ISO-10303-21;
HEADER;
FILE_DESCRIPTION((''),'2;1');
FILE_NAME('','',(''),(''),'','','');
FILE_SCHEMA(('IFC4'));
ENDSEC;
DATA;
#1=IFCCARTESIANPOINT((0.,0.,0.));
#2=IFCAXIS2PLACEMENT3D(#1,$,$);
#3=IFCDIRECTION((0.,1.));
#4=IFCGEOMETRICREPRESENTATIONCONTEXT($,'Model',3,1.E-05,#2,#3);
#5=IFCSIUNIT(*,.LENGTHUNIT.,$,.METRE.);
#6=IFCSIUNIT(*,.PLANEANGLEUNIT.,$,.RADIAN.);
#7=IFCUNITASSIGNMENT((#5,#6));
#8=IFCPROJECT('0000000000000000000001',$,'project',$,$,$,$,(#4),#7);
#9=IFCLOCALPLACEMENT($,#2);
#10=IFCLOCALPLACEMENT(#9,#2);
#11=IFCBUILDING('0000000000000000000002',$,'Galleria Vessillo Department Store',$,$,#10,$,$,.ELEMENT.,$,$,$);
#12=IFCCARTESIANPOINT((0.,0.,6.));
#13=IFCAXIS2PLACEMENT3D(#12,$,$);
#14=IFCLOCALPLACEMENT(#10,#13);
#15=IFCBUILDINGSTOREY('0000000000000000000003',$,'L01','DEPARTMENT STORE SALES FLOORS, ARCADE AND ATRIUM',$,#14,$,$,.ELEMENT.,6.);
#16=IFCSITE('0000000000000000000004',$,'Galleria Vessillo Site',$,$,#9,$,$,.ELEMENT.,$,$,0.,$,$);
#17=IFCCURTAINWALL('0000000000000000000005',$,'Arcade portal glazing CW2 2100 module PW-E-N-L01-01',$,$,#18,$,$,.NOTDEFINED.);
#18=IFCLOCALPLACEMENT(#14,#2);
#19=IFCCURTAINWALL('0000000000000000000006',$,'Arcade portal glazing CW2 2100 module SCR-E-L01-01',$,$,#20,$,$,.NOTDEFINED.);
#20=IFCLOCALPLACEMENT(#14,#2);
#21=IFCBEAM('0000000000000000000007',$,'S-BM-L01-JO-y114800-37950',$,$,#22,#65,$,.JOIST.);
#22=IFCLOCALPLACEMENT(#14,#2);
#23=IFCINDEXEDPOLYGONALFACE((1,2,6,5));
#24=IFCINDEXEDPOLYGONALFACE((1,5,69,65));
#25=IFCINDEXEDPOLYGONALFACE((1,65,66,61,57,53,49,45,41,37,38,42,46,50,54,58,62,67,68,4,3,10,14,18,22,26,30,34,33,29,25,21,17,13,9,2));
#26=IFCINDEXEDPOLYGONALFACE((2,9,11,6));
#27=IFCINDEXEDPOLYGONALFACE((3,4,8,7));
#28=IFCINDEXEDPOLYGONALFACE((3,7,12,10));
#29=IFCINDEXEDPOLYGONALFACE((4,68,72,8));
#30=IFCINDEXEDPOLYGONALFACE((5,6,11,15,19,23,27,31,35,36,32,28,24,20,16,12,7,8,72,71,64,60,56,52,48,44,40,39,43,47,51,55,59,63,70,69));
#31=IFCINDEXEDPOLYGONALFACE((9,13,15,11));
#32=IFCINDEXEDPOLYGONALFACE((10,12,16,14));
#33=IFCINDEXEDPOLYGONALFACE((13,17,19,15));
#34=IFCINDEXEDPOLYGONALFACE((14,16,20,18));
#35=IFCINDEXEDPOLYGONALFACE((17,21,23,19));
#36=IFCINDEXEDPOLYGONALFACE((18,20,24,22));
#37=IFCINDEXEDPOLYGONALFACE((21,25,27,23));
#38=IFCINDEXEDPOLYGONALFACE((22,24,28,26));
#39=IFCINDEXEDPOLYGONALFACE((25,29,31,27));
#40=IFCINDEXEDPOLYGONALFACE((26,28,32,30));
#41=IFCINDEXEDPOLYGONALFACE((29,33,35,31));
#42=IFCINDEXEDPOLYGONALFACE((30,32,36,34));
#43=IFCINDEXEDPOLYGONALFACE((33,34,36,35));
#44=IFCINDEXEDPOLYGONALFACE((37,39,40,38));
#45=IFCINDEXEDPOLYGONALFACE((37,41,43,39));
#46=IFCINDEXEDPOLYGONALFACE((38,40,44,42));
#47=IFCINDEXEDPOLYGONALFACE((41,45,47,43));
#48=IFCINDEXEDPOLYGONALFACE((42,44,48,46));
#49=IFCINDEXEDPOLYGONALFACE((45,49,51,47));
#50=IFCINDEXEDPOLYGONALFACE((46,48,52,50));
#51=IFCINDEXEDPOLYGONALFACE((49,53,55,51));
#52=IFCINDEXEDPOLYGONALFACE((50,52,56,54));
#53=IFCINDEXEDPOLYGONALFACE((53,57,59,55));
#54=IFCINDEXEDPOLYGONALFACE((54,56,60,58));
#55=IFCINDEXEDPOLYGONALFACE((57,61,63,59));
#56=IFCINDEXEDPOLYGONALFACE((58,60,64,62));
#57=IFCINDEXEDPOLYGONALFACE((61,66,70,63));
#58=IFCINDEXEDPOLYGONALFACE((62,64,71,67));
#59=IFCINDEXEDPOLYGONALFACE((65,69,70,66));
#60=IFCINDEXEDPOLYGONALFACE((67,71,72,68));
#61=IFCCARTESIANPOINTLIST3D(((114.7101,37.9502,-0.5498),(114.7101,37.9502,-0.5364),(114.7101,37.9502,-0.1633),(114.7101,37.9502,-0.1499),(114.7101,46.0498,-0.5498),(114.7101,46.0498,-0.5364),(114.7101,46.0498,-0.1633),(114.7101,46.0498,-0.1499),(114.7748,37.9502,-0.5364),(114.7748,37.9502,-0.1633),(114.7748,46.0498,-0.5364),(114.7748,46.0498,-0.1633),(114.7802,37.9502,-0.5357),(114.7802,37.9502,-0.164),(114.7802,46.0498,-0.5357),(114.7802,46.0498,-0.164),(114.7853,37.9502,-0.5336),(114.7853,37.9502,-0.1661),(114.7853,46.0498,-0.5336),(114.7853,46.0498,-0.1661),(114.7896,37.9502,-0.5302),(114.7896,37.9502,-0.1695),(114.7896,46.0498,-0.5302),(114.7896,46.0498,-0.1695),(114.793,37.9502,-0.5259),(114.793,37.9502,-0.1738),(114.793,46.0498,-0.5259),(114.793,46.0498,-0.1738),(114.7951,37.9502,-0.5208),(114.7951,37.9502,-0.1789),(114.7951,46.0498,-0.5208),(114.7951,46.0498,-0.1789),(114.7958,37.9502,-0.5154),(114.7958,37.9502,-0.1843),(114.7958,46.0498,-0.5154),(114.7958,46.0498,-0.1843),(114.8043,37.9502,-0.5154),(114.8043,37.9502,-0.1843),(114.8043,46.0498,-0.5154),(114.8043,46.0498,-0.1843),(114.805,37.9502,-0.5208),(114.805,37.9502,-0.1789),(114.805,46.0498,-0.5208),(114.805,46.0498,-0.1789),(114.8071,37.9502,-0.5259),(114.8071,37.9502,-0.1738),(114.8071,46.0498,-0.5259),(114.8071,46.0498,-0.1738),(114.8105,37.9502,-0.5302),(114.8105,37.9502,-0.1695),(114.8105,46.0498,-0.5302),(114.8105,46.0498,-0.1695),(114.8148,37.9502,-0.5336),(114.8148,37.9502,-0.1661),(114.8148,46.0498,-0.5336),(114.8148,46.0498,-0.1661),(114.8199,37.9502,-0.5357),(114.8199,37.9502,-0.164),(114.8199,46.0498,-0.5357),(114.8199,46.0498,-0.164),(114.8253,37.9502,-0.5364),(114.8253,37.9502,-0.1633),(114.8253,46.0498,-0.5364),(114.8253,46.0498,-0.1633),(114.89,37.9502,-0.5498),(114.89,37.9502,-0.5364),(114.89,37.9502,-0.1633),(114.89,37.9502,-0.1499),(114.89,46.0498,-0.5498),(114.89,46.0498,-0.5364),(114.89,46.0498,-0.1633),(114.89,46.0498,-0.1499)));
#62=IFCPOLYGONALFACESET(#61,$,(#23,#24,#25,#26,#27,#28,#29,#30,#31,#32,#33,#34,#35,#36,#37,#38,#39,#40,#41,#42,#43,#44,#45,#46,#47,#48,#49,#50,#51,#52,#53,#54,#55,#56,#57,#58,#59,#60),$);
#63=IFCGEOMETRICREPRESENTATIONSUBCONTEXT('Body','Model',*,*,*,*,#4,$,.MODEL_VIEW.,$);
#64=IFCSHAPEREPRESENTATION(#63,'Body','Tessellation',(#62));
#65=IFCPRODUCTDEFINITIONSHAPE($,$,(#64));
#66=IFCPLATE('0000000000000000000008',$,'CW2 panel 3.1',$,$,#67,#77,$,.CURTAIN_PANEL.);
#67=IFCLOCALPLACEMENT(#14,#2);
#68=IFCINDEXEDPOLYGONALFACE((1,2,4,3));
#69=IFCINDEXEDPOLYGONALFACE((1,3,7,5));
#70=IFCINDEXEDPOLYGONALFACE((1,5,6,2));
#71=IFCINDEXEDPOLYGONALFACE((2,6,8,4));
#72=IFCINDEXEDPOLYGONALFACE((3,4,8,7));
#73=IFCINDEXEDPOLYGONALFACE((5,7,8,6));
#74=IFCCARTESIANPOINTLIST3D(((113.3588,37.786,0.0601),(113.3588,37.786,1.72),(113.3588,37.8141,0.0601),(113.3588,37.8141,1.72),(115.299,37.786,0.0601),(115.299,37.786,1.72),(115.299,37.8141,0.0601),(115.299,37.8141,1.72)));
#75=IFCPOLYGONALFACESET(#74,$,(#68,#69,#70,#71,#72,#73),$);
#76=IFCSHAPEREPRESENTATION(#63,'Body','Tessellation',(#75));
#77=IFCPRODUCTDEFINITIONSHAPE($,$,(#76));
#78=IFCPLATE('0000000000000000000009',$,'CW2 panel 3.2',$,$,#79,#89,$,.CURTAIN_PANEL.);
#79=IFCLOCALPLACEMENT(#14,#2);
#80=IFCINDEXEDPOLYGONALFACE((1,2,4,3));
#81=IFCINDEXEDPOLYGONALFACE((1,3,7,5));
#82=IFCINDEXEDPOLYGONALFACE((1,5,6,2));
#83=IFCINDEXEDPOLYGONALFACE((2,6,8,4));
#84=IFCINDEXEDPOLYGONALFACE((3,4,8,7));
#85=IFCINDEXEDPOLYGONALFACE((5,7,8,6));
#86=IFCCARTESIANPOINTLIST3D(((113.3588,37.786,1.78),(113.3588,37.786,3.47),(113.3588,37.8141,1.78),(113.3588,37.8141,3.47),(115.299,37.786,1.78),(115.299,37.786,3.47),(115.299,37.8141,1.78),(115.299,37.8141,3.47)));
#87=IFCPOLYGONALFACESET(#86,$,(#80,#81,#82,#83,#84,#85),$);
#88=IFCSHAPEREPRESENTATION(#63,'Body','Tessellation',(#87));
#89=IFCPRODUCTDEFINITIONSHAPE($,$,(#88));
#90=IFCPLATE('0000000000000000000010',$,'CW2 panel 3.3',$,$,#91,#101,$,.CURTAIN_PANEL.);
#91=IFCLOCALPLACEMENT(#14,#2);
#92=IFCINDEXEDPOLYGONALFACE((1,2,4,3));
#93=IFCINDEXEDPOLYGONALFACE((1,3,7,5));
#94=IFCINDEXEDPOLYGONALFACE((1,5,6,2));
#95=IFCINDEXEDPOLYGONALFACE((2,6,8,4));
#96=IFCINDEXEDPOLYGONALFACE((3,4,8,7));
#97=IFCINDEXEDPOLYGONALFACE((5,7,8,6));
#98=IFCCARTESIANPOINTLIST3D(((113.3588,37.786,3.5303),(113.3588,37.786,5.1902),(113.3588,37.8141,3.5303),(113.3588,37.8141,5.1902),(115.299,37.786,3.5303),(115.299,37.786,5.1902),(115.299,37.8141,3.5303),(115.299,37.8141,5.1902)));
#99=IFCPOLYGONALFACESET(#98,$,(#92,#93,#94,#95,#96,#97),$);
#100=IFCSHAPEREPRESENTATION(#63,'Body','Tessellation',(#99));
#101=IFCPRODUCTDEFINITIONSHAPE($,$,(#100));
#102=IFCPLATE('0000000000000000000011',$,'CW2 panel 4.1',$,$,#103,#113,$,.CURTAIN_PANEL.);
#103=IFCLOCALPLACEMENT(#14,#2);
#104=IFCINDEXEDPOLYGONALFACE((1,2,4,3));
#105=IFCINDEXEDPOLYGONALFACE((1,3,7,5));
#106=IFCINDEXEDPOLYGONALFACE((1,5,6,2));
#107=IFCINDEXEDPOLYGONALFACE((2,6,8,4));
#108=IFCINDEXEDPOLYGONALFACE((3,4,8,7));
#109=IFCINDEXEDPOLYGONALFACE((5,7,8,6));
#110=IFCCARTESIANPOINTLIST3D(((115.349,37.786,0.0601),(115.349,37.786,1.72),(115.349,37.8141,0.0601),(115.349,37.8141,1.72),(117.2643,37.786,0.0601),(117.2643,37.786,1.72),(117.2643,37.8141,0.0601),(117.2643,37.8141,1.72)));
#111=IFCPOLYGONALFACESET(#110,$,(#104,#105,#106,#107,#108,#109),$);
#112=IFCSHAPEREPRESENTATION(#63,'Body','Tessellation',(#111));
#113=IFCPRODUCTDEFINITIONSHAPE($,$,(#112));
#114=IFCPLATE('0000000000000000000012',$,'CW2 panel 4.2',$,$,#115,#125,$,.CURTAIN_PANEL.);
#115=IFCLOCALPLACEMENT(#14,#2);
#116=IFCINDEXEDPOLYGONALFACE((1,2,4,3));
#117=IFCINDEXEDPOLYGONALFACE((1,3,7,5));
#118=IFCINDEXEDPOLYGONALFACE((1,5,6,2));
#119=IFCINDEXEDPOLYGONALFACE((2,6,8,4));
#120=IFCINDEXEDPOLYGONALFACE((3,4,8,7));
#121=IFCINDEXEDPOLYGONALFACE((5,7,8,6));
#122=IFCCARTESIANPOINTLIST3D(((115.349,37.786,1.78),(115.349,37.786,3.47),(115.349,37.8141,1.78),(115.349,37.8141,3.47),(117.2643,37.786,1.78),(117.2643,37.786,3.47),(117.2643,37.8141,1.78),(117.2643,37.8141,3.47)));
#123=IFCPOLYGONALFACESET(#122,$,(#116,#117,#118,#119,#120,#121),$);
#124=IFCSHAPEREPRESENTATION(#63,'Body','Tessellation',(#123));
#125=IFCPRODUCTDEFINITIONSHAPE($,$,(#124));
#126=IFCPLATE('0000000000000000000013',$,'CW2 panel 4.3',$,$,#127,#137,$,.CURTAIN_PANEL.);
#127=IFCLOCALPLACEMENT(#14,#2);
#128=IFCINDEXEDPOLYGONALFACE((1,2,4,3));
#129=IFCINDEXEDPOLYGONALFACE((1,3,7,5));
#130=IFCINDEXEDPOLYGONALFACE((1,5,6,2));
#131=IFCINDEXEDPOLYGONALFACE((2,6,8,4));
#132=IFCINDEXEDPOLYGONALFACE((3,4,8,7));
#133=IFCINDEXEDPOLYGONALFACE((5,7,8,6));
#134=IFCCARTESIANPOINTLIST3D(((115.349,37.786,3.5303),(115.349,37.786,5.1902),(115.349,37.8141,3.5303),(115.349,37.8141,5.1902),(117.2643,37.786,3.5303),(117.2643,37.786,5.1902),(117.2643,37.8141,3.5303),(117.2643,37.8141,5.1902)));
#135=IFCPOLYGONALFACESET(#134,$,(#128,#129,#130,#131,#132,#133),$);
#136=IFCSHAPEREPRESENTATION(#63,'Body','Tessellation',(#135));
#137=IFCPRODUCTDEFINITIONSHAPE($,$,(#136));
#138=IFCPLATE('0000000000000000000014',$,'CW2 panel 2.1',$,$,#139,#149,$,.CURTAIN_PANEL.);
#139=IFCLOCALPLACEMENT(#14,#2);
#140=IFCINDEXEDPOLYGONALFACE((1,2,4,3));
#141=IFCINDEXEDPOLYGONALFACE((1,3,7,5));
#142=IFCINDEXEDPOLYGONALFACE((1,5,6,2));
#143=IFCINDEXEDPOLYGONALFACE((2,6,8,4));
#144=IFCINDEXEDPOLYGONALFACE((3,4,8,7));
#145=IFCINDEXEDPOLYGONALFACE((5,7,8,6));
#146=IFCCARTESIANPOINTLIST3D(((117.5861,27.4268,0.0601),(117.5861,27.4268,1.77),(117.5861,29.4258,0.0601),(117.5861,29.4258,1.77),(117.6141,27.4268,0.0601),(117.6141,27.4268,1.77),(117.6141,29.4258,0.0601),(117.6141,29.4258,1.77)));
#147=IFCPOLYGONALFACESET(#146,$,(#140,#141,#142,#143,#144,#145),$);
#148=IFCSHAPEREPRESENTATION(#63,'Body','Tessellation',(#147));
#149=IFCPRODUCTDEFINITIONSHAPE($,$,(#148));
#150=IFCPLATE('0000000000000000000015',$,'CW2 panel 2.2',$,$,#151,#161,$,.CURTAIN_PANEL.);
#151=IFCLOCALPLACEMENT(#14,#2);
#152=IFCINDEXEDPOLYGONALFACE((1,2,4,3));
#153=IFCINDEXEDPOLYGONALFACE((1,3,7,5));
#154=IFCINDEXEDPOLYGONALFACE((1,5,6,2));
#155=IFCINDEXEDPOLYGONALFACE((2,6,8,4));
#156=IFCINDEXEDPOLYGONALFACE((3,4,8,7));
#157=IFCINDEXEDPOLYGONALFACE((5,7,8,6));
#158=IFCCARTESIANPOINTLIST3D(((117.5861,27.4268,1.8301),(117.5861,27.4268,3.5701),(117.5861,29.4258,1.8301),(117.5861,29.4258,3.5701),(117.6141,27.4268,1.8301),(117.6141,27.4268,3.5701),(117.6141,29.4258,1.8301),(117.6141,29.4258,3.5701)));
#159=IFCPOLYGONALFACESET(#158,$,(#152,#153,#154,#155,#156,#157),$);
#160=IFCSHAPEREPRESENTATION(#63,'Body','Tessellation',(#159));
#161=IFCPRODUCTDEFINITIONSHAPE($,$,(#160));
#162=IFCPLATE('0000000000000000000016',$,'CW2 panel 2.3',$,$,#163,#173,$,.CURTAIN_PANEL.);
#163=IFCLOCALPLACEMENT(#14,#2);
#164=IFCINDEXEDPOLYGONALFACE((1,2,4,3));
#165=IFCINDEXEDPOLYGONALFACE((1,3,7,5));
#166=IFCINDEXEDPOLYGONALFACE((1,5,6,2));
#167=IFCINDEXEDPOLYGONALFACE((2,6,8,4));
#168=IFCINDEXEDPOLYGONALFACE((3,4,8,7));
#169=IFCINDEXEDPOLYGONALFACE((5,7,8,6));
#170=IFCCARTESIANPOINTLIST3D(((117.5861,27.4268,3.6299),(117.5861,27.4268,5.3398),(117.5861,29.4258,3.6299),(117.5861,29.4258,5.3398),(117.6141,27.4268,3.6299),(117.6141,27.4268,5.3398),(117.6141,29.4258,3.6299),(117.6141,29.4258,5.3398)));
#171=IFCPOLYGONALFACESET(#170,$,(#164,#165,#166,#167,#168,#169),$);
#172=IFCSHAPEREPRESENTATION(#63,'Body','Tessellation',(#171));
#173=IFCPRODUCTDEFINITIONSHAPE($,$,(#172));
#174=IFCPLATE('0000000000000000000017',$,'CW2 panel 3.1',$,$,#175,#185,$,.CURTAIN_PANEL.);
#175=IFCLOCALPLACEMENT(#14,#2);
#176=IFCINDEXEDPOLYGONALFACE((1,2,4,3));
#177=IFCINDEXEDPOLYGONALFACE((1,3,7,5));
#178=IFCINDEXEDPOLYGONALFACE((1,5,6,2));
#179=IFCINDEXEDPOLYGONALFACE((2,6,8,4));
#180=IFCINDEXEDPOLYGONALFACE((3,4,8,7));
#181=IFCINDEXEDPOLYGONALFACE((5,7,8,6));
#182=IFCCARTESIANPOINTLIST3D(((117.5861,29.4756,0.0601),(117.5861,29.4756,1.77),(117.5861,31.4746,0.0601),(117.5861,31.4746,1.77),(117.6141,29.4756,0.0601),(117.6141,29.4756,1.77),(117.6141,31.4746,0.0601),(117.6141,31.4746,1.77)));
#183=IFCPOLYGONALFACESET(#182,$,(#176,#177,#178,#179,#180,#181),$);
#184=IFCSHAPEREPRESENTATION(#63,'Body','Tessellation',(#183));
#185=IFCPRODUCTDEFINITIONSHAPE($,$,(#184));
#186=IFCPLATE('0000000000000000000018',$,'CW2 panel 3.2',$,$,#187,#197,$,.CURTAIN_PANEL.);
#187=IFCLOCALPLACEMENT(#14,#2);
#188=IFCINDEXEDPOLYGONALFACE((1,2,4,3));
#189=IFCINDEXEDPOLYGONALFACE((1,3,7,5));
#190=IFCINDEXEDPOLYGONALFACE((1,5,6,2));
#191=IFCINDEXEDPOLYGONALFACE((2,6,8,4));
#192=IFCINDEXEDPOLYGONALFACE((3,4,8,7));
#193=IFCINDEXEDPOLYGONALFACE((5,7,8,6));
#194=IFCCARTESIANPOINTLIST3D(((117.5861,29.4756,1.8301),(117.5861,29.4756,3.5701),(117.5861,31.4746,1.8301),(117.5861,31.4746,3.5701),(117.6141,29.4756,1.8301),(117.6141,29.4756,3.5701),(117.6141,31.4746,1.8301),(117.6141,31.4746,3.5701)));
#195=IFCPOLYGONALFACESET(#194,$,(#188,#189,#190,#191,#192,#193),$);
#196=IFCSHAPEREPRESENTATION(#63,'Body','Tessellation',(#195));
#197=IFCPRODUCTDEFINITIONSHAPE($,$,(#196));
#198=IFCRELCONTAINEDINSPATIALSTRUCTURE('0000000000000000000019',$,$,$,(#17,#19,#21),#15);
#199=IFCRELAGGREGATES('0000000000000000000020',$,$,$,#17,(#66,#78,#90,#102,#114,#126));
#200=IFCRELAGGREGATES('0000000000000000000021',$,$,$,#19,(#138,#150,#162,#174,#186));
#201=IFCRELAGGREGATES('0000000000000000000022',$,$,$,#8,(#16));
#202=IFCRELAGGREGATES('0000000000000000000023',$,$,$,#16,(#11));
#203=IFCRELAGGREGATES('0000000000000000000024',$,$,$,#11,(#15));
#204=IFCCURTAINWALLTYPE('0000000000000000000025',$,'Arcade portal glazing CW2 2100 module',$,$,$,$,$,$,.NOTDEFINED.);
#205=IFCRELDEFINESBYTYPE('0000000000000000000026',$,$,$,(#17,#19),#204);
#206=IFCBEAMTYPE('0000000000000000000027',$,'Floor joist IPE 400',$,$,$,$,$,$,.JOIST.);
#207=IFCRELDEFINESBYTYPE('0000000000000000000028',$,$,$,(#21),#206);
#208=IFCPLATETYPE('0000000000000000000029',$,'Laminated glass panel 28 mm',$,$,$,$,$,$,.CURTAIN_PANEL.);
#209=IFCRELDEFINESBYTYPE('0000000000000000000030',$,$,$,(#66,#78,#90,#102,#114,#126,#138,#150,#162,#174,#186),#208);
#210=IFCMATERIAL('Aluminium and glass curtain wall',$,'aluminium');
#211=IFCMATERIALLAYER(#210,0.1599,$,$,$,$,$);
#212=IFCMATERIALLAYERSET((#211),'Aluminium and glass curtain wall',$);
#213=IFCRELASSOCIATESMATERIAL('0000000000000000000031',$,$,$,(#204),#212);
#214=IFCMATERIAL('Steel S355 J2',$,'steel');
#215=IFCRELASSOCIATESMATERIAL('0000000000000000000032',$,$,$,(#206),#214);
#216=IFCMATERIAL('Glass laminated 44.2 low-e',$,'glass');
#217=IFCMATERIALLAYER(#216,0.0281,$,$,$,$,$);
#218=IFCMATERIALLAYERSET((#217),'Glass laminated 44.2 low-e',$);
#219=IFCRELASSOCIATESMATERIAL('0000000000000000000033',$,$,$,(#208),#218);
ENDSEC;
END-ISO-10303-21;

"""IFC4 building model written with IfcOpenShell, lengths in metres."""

from ifc_helpers import new_model, si_unit, direction, frame, origin, origin_2d, place, context, subcontext, project, spatial, rectangle, i_section, extrude, material, layer, layer_set, material_profile, profile_set, type_object, element, aggregate, save


model = new_model("IFC4")

# Units and contexts
model_context = context("Model", 3, precision=1e-05, world=origin(), true_north=direction((0.0, 1.0)))
body_context = subcontext(model_context, "Body", "Model", "MODEL_VIEW")
ifc_project = project(units=[si_unit("LENGTHUNIT", "METRE"), si_unit("PLANEANGLEUNIT", "RADIAN")], contexts=[model_context])

# Site, building, storey
site_placement = place(None, origin())
site = spatial("IfcSite", under=ifc_project, at=site_placement, Name="Galleria Vessillo Site", CompositionType="ELEMENT", RefElevation=0.0)
building_placement = place(site_placement, origin())
building = spatial("IfcBuilding", under=site, at=building_placement, Name="Galleria Vessillo Department Store", CompositionType="ELEMENT")
storey_placement = place(building_placement, frame((0.0, 0.0, 6.0)))
storey = spatial("IfcBuildingStorey", under=building, at=storey_placement, Name="L01", Description="DEPARTMENT STORE SALES FLOORS, ARCADE AND ATRIUM", CompositionType="ELEMENT", Elevation=6.0)

# Curtain wall
ifc_material_1 = material(Name="Aluminium and glass curtain wall", Category="aluminium")
ifc_layer_1 = layer(ifc_material_1, 0.1599)
ifc_layer_set_1 = layer_set([ifc_layer_1], Name="Aluminium and glass curtain wall")
curtain_wall_type = type_object("IfcCurtainWallType", Name="Arcade portal glazing CW2 2100 module", PredefinedType="NOTDEFINED", material=ifc_layer_set_1)
curtain_wall_1_placement = place(storey_placement, origin())
curtain_wall_1 = element("IfcCurtainWall", 1, at=curtain_wall_1_placement, inside=storey, type_object=curtain_wall_type, Name="Arcade portal glazing CW2 2100 module PW-E-N-L01-01", PredefinedType="NOTDEFINED")

# Curtain wall
curtain_wall_2_placement = place(storey_placement, origin())
curtain_wall_2 = element("IfcCurtainWall", 2, at=curtain_wall_2_placement, inside=storey, type_object=curtain_wall_type, Name="Arcade portal glazing CW2 2100 module SCR-E-L01-01", PredefinedType="NOTDEFINED")

# Beam
ifc_material_2 = material(Name="Steel S355 J2", Category="steel")
ifc_material_profile_1 = material_profile(ifc_material_2, i_section(OverallWidth=0.1799, OverallDepth=0.3999, WebThickness=0.0085, FlangeThickness=0.0134, FilletRadius=0.021, at=origin_2d()), Name="IPE 400")
ifc_profile_set_1 = profile_set([ifc_material_profile_1], Name="Steel S355 J2")
beam_type = type_object("IfcBeamType", Name="Floor joist IPE 400", PredefinedType="JOIST", material=ifc_profile_set_1)
beam_placement = place(storey_placement, frame((114.8, 37.9502, -0.3499), z_axis=(0.0, 1.0, 0.0), x_axis=(-1.0, 0.0, 0.0)))
element("IfcBeam", 3, at=beam_placement, inside=storey, type_object=beam_type, Name="S-BM-L01-JO-y114800-37950", PredefinedType="JOIST", context=body_context, shape_type="SweptSolid", body=[
    extrude(i_section(OverallWidth=0.1799, OverallDepth=0.3999, WebThickness=0.0085, FlangeThickness=0.0134, FilletRadius=0.021, at=origin_2d()), origin(), (0.0, 0.0, 1.0), 8.0996),
])

# Plates
ifc_material_3 = material(Name="Glass laminated 44.2 low-e", Category="glass")
ifc_layer_2 = layer(ifc_material_3, 0.0281)
ifc_layer_set_2 = layer_set([ifc_layer_2], Name="Glass laminated 44.2 low-e")
plate_type = type_object("IfcPlateType", Name="Laminated glass panel 28 mm", PredefinedType="CURTAIN_PANEL", material=ifc_layer_set_2)
plate_1_placement = place(storey_placement, frame((114.3289, 37.8, 0.0601), z_axis=(0.0, 0.0, 1.0), x_axis=(1.0, 0.0, 0.0)))
plate_1 = element("IfcPlate", 4, at=plate_1_placement, type_object=plate_type, Name="CW2 panel 3.1", PredefinedType="CURTAIN_PANEL", context=body_context, shape_type="SweptSolid", body=[
    extrude(rectangle(XDim=1.9402, YDim=0.0281, at=origin_2d()), origin(), (0.0, 0.0, 1.0), 1.6599),
])
plate_2_placement = place(storey_placement, frame((114.3289, 37.8, 1.78), z_axis=(0.0, 0.0, 1.0), x_axis=(1.0, 0.0, 0.0)))
plate_2 = element("IfcPlate", 5, at=plate_2_placement, type_object=plate_type, Name="CW2 panel 3.2", PredefinedType="CURTAIN_PANEL", context=body_context, shape_type="SweptSolid", body=[
    extrude(rectangle(XDim=1.9402, YDim=0.0281, at=origin_2d()), origin(), (0.0, 0.0, 1.0), 1.6899),
])
plate_3_placement = place(storey_placement, frame((114.3289, 37.8, 3.5303), z_axis=(0.0, 0.0, 1.0), x_axis=(1.0, 0.0, 0.0)))
plate_3 = element("IfcPlate", 6, at=plate_3_placement, type_object=plate_type, Name="CW2 panel 3.3", PredefinedType="CURTAIN_PANEL", context=body_context, shape_type="SweptSolid", body=[
    extrude(rectangle(XDim=1.9402, YDim=0.0281, at=origin_2d()), origin(), (0.0, 0.0, 1.0), 1.6599),
])
plate_4_placement = place(storey_placement, frame((116.3066, 37.8, 0.0601), z_axis=(0.0, 0.0, 1.0), x_axis=(1.0, 0.0, 0.0)))
plate_4 = element("IfcPlate", 7, at=plate_4_placement, type_object=plate_type, Name="CW2 panel 4.1", PredefinedType="CURTAIN_PANEL", context=body_context, shape_type="SweptSolid", body=[
    extrude(rectangle(XDim=1.9153, YDim=0.0281, at=origin_2d()), origin(), (0.0, 0.0, 1.0), 1.6599),
])
plate_5_placement = place(storey_placement, frame((116.3066, 37.8, 1.78), z_axis=(0.0, 0.0, 1.0), x_axis=(1.0, 0.0, 0.0)))
plate_5 = element("IfcPlate", 8, at=plate_5_placement, type_object=plate_type, Name="CW2 panel 4.2", PredefinedType="CURTAIN_PANEL", context=body_context, shape_type="SweptSolid", body=[
    extrude(rectangle(XDim=1.9153, YDim=0.0281, at=origin_2d()), origin(), (0.0, 0.0, 1.0), 1.6899),
])
plate_6_placement = place(storey_placement, frame((116.3066, 37.8, 3.5303), z_axis=(0.0, 0.0, 1.0), x_axis=(1.0, 0.0, 0.0)))
plate_6 = element("IfcPlate", 9, at=plate_6_placement, type_object=plate_type, Name="CW2 panel 4.3", PredefinedType="CURTAIN_PANEL", context=body_context, shape_type="SweptSolid", body=[
    extrude(rectangle(XDim=1.9153, YDim=0.0281, at=origin_2d()), origin(), (0.0, 0.0, 1.0), 1.6599),
])
aggregate(curtain_wall_1, [plate_1, plate_2, plate_3, plate_4, plate_5, plate_6])
plate_7_placement = place(storey_placement, frame((117.6001, 28.4263, 0.0601), z_axis=(0.0, 0.0, 1.0), x_axis=(0.0, 1.0, 0.0)))
plate_7 = element("IfcPlate", 10, at=plate_7_placement, type_object=plate_type, Name="CW2 panel 2.1", PredefinedType="CURTAIN_PANEL", context=body_context, shape_type="SweptSolid", body=[
    extrude(rectangle(XDim=1.999, YDim=0.0281, at=origin_2d()), origin(), (0.0, 0.0, 1.0), 1.71),
])
plate_8_placement = place(storey_placement, frame((117.6001, 28.4263, 1.8301), z_axis=(0.0, 0.0, 1.0), x_axis=(0.0, 1.0, 0.0)))
plate_8 = element("IfcPlate", 11, at=plate_8_placement, type_object=plate_type, Name="CW2 panel 2.2", PredefinedType="CURTAIN_PANEL", context=body_context, shape_type="SweptSolid", body=[
    extrude(rectangle(XDim=1.999, YDim=0.0281, at=origin_2d()), origin(), (0.0, 0.0, 1.0), 1.74),
])
plate_9_placement = place(storey_placement, frame((117.6001, 28.4263, 3.6299), z_axis=(0.0, 0.0, 1.0), x_axis=(0.0, 1.0, 0.0)))
plate_9 = element("IfcPlate", 12, at=plate_9_placement, type_object=plate_type, Name="CW2 panel 2.3", PredefinedType="CURTAIN_PANEL", context=body_context, shape_type="SweptSolid", body=[
    extrude(rectangle(XDim=1.999, YDim=0.0281, at=origin_2d()), origin(), (0.0, 0.0, 1.0), 1.71),
])
plate_10_placement = place(storey_placement, frame((117.6001, 30.4751, 0.0601), z_axis=(0.0, 0.0, 1.0), x_axis=(0.0, 1.0, 0.0)))
plate_10 = element("IfcPlate", 13, at=plate_10_placement, type_object=plate_type, Name="CW2 panel 3.1", PredefinedType="CURTAIN_PANEL", context=body_context, shape_type="SweptSolid", body=[
    extrude(rectangle(XDim=1.999, YDim=0.0281, at=origin_2d()), origin(), (0.0, 0.0, 1.0), 1.71),
])
plate_11_placement = place(storey_placement, frame((117.6001, 30.4751, 1.8301), z_axis=(0.0, 0.0, 1.0), x_axis=(0.0, 1.0, 0.0)))
plate_11 = element("IfcPlate", 14, at=plate_11_placement, type_object=plate_type, Name="CW2 panel 3.2", PredefinedType="CURTAIN_PANEL", context=body_context, shape_type="SweptSolid", body=[
    extrude(rectangle(XDim=1.999, YDim=0.0281, at=origin_2d()), origin(), (0.0, 0.0, 1.0), 1.74),
])
aggregate(curtain_wall_2, [plate_7, plate_8, plate_9, plate_10, plate_11])

save(model, "model.ifc")
